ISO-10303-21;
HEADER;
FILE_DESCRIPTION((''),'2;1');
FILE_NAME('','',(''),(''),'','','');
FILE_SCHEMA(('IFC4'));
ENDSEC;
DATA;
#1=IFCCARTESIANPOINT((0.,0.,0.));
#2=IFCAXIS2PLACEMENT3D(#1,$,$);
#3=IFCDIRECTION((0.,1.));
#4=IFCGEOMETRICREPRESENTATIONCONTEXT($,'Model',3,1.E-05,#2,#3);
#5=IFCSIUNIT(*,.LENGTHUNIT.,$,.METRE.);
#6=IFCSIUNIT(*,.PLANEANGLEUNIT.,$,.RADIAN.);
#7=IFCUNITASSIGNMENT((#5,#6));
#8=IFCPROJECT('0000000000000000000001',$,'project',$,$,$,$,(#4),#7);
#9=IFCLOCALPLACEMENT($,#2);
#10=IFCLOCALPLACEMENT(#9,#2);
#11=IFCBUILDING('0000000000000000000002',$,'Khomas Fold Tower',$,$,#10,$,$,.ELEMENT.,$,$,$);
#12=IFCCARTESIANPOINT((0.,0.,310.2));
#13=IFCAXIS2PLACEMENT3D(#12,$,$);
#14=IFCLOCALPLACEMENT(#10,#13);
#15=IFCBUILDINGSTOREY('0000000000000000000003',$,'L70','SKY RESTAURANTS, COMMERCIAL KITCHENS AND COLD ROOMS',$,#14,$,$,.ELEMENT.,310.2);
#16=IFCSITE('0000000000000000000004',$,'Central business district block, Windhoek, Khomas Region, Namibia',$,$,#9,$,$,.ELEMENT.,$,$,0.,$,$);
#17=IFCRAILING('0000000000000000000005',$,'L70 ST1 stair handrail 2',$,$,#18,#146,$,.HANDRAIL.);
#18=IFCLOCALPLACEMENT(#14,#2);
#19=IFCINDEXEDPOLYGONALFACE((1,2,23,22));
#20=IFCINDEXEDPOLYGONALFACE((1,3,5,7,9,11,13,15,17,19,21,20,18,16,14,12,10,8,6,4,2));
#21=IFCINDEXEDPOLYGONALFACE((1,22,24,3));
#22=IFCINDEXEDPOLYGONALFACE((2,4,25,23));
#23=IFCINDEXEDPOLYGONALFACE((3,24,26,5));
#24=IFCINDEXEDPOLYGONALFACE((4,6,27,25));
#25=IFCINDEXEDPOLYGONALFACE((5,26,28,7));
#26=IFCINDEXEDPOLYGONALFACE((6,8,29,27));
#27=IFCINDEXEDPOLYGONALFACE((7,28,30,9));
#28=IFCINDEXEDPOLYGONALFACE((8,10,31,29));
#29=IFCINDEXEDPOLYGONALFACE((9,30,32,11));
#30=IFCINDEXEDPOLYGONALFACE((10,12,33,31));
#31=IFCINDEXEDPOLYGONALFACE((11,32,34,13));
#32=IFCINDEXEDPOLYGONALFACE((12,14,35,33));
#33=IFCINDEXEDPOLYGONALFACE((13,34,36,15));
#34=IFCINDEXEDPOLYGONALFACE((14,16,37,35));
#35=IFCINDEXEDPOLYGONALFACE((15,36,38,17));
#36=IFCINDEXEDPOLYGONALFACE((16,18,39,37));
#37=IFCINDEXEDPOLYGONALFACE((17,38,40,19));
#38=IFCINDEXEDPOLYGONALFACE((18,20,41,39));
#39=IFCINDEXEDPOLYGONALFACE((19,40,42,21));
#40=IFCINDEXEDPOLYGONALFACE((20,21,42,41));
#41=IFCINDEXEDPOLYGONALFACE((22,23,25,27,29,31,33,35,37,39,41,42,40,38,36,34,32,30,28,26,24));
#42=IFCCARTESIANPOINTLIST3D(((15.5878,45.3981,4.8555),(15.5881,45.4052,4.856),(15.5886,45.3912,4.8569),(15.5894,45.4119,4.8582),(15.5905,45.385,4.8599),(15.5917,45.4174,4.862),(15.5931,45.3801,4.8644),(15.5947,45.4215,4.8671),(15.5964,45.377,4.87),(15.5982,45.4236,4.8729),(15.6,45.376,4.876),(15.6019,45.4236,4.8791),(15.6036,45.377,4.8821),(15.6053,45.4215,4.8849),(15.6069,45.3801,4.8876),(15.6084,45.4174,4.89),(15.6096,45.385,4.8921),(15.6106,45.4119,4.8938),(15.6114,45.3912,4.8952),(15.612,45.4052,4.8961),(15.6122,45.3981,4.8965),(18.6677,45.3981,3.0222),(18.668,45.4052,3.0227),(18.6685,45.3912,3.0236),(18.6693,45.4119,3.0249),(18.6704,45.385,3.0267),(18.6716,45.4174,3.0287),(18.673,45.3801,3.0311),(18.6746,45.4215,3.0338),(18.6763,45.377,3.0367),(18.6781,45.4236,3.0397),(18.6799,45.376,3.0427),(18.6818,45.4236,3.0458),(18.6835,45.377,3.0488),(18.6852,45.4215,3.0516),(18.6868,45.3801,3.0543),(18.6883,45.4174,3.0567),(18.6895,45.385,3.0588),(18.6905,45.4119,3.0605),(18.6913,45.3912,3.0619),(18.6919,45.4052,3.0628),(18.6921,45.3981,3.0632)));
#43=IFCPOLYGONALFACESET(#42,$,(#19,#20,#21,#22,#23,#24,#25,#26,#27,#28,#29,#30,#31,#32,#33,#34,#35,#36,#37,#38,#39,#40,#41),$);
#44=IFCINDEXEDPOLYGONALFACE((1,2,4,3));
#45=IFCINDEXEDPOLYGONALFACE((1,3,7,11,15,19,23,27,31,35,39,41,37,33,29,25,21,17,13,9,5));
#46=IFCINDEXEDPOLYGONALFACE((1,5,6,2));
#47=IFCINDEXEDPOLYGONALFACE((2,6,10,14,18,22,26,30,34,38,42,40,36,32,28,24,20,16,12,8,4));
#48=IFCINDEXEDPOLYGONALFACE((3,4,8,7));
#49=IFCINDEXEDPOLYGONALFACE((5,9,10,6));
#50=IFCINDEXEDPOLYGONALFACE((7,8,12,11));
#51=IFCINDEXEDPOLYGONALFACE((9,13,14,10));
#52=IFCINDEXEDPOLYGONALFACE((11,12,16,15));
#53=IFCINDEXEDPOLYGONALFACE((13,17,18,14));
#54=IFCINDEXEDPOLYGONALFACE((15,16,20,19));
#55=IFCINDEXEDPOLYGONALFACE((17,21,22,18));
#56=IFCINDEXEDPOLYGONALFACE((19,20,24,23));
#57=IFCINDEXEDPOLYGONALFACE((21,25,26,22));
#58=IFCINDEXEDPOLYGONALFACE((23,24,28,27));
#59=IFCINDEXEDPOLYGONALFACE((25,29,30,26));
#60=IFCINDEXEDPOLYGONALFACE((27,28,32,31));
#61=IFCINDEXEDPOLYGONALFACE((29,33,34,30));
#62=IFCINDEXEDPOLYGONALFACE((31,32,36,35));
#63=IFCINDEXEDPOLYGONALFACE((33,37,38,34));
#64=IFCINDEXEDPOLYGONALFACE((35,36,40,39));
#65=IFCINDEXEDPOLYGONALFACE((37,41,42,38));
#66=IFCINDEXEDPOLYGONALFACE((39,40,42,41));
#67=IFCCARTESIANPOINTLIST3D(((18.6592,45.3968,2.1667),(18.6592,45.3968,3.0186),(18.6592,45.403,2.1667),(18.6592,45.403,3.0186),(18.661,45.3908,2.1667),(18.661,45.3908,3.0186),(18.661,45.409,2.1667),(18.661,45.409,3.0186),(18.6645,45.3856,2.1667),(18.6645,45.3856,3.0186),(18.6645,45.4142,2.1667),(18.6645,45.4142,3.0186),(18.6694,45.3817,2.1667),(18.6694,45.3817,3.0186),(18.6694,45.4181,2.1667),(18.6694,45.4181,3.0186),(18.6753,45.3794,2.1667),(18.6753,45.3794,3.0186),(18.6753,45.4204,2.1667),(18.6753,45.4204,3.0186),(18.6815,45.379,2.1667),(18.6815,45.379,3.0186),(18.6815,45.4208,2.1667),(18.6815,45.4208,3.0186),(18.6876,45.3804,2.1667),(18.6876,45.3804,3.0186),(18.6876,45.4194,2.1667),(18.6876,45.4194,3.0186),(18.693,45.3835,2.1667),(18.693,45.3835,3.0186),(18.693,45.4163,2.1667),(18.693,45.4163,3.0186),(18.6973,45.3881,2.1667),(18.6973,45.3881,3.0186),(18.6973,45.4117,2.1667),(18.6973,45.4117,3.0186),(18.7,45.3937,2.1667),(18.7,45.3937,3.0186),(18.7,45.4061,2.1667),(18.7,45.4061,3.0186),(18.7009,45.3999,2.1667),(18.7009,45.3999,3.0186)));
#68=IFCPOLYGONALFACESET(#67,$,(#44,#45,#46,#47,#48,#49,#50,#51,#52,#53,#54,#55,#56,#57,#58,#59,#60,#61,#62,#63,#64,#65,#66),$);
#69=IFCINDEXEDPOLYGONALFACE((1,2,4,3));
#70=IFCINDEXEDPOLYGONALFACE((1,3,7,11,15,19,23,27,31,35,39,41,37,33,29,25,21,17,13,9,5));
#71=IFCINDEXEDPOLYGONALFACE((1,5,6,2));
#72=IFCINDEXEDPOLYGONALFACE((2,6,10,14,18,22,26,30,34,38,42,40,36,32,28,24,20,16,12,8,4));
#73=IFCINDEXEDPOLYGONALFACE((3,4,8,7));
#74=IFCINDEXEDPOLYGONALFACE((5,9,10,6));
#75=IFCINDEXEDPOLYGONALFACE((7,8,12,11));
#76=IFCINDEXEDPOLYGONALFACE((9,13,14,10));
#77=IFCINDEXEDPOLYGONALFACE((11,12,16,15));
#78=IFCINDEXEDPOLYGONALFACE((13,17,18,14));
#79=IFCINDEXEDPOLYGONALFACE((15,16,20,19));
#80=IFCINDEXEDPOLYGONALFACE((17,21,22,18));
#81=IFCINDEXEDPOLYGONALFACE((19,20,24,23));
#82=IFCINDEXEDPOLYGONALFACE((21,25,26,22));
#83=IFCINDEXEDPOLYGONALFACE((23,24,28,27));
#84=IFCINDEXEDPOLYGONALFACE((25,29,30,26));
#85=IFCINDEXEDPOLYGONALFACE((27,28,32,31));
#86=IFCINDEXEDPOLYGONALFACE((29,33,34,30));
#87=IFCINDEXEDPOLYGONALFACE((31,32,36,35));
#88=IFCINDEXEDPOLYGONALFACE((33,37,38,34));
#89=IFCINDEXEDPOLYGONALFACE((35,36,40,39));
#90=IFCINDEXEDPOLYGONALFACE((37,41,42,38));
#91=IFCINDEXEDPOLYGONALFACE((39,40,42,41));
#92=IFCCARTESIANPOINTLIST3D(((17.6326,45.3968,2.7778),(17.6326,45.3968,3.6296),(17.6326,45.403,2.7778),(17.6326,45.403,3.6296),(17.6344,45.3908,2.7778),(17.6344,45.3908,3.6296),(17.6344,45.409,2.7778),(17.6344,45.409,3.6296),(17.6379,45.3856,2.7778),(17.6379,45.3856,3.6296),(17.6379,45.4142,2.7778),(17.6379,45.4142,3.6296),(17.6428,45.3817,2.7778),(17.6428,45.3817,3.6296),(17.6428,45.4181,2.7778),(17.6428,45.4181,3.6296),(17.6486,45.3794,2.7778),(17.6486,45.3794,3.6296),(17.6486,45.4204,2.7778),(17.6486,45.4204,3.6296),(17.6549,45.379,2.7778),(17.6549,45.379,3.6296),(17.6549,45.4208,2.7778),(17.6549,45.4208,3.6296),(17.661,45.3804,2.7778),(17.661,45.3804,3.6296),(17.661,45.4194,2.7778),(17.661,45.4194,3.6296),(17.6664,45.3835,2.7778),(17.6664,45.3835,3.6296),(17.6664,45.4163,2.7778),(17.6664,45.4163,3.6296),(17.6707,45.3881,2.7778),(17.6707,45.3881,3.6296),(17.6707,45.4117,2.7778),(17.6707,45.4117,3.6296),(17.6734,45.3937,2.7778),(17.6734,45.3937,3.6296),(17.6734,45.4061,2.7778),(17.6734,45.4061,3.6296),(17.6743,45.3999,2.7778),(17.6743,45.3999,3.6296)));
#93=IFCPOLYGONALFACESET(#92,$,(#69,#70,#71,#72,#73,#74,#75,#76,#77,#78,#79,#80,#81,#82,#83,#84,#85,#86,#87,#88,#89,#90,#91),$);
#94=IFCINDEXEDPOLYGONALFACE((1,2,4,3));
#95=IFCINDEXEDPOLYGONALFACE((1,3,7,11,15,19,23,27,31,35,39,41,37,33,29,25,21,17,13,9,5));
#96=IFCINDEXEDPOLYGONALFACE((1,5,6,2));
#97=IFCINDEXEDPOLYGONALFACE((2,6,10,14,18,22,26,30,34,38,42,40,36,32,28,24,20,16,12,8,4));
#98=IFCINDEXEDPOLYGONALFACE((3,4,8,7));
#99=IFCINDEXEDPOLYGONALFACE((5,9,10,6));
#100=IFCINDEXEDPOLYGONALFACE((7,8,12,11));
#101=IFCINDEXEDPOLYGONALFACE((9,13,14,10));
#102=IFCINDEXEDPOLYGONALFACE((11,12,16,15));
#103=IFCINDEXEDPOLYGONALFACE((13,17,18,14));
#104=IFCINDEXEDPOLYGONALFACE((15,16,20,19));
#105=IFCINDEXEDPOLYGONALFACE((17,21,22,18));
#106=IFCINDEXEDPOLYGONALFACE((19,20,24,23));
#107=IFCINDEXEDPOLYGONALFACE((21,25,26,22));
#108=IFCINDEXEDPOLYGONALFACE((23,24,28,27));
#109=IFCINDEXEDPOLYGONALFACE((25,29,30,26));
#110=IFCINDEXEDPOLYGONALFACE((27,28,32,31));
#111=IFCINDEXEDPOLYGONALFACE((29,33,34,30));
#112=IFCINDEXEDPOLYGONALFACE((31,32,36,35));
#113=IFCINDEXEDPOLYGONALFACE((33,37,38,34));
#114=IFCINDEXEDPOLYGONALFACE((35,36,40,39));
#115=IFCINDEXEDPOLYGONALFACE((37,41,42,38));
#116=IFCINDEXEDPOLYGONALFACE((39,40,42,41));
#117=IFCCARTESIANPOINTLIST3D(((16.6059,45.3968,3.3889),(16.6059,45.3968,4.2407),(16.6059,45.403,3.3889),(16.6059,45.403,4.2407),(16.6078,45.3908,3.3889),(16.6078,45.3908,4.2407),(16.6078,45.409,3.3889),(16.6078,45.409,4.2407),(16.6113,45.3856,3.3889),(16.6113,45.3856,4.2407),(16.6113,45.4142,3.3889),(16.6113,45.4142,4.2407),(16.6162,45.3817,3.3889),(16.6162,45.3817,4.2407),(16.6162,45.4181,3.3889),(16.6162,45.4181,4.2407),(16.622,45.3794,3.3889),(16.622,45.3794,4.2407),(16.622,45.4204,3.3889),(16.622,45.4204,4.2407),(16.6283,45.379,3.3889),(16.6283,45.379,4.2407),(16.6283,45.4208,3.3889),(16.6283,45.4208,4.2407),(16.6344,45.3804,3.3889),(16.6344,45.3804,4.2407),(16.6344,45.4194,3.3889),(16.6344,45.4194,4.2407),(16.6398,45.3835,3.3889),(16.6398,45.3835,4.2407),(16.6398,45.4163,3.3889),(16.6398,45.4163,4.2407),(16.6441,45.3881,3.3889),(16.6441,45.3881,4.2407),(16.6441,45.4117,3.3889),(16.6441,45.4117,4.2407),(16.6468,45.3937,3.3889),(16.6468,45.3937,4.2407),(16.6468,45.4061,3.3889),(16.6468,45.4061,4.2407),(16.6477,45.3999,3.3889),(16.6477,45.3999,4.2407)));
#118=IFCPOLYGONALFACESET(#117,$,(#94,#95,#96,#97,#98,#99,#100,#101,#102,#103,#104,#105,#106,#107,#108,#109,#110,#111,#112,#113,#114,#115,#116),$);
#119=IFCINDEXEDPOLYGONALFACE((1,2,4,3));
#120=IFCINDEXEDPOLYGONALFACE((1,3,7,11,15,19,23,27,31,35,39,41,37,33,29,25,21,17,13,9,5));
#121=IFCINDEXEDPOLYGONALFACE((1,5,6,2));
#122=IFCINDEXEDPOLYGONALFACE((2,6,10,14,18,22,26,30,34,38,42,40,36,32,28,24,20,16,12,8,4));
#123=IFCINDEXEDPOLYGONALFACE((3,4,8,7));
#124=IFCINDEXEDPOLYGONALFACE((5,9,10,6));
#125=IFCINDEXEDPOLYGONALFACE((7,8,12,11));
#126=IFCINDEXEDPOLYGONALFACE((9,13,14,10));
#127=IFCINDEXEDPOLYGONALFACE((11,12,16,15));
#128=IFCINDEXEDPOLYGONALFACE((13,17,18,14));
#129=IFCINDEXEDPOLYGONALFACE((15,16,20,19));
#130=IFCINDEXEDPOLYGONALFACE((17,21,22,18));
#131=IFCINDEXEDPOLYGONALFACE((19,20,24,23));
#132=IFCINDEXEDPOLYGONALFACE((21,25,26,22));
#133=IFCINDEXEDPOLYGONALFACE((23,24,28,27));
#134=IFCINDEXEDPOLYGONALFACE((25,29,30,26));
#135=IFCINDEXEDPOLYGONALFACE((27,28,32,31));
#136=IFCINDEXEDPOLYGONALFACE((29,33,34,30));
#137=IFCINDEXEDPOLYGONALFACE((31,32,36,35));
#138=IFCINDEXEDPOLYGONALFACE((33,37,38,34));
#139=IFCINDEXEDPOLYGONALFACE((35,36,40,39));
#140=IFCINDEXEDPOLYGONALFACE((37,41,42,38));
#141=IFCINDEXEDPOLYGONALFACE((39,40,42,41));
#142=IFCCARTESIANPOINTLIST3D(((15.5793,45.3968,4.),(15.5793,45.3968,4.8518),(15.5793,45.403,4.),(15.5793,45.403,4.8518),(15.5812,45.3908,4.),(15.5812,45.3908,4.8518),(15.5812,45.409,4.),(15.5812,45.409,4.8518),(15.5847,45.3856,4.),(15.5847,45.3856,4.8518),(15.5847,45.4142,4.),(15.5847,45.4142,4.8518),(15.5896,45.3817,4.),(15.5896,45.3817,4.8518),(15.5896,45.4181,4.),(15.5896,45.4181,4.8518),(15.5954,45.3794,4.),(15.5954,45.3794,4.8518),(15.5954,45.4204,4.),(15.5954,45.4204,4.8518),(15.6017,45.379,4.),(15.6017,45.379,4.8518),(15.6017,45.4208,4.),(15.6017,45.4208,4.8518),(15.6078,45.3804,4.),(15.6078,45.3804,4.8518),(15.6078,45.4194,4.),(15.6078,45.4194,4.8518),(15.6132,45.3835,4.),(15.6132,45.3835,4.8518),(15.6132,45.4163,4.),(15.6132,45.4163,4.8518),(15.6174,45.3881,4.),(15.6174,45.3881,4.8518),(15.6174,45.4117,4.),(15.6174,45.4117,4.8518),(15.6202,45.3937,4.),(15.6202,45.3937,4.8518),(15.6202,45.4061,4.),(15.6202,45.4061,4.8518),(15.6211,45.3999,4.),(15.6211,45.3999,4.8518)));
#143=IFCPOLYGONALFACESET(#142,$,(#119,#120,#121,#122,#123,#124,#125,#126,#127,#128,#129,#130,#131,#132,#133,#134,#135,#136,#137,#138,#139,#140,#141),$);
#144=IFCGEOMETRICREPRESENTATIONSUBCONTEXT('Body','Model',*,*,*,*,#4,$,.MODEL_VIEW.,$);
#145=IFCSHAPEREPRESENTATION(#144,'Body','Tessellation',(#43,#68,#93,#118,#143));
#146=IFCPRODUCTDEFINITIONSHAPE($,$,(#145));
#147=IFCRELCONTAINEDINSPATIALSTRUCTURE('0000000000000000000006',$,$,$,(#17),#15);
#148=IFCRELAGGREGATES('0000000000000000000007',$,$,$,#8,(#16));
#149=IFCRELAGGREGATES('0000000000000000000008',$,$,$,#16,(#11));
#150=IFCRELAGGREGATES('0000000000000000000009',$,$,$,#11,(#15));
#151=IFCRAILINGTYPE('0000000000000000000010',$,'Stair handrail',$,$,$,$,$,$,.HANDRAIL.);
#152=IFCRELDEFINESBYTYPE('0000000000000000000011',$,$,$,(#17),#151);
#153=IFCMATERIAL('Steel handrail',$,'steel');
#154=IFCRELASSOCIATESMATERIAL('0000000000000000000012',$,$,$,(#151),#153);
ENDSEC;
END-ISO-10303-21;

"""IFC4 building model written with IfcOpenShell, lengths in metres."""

from ifc_helpers import new_model, si_unit, direction, frame, origin, origin_2d, place, context, subcontext, project, spatial, circle, extrude, source, transform, mapped, material, type_object, element, save


model = new_model("IFC4")

# Units and contexts
model_context = context("Model", 3, precision=1e-05, world=origin(), true_north=direction((0.0, 1.0)))
body_context = subcontext(model_context, "Body", "Model", "MODEL_VIEW")
ifc_project = project(units=[si_unit("LENGTHUNIT", "METRE"), si_unit("PLANEANGLEUNIT", "RADIAN")], contexts=[model_context])

# Site, building, storey
site_placement = place(None, origin())
site = spatial("IfcSite", under=ifc_project, at=site_placement, Name="Central business district block, Windhoek, Khomas Region, Namibia", CompositionType="ELEMENT", RefElevation=0.0)
building_placement = place(site_placement, origin())
building = spatial("IfcBuilding", under=site, at=building_placement, Name="Khomas Fold Tower", CompositionType="ELEMENT")
storey_placement = place(building_placement, frame((0.0, 0.0, 310.2)))
storey = spatial("IfcBuildingStorey", under=building, at=storey_placement, Name="L70", Description="SKY RESTAURANTS, COMMERCIAL KITCHENS AND COLD ROOMS", CompositionType="ELEMENT", Elevation=310.2)

# Railing
ifc_material_1 = material(Name="Steel handrail", Category="steel")
railing_type_1 = type_object("IfcRailingType", Name="Stair handrail", PredefinedType="HANDRAIL", material=ifc_material_1)
shared_shape_1 = source(origin(), body_context, "Body", "SweptSolid", [
    extrude(circle(Radius=0.0239, at=origin_2d()), frame((0.0, 0.0, 0.876), z_axis=(-0.859291, 0.0, 0.511487), x_axis=(0.0, -1.0, 0.0)), (0.0, 0.0, 1.0), 3.5842),
    extrude(circle(Radius=0.021, at=origin_2d()), origin(), (0.0, 0.0, 1.0), 0.8518),
    extrude(circle(Radius=0.021, at=origin_2d()), frame((-1.0266, 0.0, 0.6111)), (0.0, 0.0, 1.0), 0.8518),
    extrude(circle(Radius=0.021, at=origin_2d()), frame((-2.0532, 0.0, 1.2222)), (0.0, 0.0, 1.0), 0.8518),
    extrude(circle(Radius=0.021, at=origin_2d()), frame((-3.0798, 0.0, 1.8333)), (0.0, 0.0, 1.0), 0.8518),
])
railing_1_placement = place(storey_placement, frame((18.6799, 45.3999, 2.1667)))
element("IfcRailing", 1, at=railing_1_placement, inside=storey, type_object=railing_type_1, Name="L70 ST1 stair handrail 2", PredefinedType="HANDRAIL", context=body_context, shape_type="MappedRepresentation", body=[
    mapped(shared_shape_1, transform((0.0, 0.0, 0.0))),
])

save(model, "model.ifc")
